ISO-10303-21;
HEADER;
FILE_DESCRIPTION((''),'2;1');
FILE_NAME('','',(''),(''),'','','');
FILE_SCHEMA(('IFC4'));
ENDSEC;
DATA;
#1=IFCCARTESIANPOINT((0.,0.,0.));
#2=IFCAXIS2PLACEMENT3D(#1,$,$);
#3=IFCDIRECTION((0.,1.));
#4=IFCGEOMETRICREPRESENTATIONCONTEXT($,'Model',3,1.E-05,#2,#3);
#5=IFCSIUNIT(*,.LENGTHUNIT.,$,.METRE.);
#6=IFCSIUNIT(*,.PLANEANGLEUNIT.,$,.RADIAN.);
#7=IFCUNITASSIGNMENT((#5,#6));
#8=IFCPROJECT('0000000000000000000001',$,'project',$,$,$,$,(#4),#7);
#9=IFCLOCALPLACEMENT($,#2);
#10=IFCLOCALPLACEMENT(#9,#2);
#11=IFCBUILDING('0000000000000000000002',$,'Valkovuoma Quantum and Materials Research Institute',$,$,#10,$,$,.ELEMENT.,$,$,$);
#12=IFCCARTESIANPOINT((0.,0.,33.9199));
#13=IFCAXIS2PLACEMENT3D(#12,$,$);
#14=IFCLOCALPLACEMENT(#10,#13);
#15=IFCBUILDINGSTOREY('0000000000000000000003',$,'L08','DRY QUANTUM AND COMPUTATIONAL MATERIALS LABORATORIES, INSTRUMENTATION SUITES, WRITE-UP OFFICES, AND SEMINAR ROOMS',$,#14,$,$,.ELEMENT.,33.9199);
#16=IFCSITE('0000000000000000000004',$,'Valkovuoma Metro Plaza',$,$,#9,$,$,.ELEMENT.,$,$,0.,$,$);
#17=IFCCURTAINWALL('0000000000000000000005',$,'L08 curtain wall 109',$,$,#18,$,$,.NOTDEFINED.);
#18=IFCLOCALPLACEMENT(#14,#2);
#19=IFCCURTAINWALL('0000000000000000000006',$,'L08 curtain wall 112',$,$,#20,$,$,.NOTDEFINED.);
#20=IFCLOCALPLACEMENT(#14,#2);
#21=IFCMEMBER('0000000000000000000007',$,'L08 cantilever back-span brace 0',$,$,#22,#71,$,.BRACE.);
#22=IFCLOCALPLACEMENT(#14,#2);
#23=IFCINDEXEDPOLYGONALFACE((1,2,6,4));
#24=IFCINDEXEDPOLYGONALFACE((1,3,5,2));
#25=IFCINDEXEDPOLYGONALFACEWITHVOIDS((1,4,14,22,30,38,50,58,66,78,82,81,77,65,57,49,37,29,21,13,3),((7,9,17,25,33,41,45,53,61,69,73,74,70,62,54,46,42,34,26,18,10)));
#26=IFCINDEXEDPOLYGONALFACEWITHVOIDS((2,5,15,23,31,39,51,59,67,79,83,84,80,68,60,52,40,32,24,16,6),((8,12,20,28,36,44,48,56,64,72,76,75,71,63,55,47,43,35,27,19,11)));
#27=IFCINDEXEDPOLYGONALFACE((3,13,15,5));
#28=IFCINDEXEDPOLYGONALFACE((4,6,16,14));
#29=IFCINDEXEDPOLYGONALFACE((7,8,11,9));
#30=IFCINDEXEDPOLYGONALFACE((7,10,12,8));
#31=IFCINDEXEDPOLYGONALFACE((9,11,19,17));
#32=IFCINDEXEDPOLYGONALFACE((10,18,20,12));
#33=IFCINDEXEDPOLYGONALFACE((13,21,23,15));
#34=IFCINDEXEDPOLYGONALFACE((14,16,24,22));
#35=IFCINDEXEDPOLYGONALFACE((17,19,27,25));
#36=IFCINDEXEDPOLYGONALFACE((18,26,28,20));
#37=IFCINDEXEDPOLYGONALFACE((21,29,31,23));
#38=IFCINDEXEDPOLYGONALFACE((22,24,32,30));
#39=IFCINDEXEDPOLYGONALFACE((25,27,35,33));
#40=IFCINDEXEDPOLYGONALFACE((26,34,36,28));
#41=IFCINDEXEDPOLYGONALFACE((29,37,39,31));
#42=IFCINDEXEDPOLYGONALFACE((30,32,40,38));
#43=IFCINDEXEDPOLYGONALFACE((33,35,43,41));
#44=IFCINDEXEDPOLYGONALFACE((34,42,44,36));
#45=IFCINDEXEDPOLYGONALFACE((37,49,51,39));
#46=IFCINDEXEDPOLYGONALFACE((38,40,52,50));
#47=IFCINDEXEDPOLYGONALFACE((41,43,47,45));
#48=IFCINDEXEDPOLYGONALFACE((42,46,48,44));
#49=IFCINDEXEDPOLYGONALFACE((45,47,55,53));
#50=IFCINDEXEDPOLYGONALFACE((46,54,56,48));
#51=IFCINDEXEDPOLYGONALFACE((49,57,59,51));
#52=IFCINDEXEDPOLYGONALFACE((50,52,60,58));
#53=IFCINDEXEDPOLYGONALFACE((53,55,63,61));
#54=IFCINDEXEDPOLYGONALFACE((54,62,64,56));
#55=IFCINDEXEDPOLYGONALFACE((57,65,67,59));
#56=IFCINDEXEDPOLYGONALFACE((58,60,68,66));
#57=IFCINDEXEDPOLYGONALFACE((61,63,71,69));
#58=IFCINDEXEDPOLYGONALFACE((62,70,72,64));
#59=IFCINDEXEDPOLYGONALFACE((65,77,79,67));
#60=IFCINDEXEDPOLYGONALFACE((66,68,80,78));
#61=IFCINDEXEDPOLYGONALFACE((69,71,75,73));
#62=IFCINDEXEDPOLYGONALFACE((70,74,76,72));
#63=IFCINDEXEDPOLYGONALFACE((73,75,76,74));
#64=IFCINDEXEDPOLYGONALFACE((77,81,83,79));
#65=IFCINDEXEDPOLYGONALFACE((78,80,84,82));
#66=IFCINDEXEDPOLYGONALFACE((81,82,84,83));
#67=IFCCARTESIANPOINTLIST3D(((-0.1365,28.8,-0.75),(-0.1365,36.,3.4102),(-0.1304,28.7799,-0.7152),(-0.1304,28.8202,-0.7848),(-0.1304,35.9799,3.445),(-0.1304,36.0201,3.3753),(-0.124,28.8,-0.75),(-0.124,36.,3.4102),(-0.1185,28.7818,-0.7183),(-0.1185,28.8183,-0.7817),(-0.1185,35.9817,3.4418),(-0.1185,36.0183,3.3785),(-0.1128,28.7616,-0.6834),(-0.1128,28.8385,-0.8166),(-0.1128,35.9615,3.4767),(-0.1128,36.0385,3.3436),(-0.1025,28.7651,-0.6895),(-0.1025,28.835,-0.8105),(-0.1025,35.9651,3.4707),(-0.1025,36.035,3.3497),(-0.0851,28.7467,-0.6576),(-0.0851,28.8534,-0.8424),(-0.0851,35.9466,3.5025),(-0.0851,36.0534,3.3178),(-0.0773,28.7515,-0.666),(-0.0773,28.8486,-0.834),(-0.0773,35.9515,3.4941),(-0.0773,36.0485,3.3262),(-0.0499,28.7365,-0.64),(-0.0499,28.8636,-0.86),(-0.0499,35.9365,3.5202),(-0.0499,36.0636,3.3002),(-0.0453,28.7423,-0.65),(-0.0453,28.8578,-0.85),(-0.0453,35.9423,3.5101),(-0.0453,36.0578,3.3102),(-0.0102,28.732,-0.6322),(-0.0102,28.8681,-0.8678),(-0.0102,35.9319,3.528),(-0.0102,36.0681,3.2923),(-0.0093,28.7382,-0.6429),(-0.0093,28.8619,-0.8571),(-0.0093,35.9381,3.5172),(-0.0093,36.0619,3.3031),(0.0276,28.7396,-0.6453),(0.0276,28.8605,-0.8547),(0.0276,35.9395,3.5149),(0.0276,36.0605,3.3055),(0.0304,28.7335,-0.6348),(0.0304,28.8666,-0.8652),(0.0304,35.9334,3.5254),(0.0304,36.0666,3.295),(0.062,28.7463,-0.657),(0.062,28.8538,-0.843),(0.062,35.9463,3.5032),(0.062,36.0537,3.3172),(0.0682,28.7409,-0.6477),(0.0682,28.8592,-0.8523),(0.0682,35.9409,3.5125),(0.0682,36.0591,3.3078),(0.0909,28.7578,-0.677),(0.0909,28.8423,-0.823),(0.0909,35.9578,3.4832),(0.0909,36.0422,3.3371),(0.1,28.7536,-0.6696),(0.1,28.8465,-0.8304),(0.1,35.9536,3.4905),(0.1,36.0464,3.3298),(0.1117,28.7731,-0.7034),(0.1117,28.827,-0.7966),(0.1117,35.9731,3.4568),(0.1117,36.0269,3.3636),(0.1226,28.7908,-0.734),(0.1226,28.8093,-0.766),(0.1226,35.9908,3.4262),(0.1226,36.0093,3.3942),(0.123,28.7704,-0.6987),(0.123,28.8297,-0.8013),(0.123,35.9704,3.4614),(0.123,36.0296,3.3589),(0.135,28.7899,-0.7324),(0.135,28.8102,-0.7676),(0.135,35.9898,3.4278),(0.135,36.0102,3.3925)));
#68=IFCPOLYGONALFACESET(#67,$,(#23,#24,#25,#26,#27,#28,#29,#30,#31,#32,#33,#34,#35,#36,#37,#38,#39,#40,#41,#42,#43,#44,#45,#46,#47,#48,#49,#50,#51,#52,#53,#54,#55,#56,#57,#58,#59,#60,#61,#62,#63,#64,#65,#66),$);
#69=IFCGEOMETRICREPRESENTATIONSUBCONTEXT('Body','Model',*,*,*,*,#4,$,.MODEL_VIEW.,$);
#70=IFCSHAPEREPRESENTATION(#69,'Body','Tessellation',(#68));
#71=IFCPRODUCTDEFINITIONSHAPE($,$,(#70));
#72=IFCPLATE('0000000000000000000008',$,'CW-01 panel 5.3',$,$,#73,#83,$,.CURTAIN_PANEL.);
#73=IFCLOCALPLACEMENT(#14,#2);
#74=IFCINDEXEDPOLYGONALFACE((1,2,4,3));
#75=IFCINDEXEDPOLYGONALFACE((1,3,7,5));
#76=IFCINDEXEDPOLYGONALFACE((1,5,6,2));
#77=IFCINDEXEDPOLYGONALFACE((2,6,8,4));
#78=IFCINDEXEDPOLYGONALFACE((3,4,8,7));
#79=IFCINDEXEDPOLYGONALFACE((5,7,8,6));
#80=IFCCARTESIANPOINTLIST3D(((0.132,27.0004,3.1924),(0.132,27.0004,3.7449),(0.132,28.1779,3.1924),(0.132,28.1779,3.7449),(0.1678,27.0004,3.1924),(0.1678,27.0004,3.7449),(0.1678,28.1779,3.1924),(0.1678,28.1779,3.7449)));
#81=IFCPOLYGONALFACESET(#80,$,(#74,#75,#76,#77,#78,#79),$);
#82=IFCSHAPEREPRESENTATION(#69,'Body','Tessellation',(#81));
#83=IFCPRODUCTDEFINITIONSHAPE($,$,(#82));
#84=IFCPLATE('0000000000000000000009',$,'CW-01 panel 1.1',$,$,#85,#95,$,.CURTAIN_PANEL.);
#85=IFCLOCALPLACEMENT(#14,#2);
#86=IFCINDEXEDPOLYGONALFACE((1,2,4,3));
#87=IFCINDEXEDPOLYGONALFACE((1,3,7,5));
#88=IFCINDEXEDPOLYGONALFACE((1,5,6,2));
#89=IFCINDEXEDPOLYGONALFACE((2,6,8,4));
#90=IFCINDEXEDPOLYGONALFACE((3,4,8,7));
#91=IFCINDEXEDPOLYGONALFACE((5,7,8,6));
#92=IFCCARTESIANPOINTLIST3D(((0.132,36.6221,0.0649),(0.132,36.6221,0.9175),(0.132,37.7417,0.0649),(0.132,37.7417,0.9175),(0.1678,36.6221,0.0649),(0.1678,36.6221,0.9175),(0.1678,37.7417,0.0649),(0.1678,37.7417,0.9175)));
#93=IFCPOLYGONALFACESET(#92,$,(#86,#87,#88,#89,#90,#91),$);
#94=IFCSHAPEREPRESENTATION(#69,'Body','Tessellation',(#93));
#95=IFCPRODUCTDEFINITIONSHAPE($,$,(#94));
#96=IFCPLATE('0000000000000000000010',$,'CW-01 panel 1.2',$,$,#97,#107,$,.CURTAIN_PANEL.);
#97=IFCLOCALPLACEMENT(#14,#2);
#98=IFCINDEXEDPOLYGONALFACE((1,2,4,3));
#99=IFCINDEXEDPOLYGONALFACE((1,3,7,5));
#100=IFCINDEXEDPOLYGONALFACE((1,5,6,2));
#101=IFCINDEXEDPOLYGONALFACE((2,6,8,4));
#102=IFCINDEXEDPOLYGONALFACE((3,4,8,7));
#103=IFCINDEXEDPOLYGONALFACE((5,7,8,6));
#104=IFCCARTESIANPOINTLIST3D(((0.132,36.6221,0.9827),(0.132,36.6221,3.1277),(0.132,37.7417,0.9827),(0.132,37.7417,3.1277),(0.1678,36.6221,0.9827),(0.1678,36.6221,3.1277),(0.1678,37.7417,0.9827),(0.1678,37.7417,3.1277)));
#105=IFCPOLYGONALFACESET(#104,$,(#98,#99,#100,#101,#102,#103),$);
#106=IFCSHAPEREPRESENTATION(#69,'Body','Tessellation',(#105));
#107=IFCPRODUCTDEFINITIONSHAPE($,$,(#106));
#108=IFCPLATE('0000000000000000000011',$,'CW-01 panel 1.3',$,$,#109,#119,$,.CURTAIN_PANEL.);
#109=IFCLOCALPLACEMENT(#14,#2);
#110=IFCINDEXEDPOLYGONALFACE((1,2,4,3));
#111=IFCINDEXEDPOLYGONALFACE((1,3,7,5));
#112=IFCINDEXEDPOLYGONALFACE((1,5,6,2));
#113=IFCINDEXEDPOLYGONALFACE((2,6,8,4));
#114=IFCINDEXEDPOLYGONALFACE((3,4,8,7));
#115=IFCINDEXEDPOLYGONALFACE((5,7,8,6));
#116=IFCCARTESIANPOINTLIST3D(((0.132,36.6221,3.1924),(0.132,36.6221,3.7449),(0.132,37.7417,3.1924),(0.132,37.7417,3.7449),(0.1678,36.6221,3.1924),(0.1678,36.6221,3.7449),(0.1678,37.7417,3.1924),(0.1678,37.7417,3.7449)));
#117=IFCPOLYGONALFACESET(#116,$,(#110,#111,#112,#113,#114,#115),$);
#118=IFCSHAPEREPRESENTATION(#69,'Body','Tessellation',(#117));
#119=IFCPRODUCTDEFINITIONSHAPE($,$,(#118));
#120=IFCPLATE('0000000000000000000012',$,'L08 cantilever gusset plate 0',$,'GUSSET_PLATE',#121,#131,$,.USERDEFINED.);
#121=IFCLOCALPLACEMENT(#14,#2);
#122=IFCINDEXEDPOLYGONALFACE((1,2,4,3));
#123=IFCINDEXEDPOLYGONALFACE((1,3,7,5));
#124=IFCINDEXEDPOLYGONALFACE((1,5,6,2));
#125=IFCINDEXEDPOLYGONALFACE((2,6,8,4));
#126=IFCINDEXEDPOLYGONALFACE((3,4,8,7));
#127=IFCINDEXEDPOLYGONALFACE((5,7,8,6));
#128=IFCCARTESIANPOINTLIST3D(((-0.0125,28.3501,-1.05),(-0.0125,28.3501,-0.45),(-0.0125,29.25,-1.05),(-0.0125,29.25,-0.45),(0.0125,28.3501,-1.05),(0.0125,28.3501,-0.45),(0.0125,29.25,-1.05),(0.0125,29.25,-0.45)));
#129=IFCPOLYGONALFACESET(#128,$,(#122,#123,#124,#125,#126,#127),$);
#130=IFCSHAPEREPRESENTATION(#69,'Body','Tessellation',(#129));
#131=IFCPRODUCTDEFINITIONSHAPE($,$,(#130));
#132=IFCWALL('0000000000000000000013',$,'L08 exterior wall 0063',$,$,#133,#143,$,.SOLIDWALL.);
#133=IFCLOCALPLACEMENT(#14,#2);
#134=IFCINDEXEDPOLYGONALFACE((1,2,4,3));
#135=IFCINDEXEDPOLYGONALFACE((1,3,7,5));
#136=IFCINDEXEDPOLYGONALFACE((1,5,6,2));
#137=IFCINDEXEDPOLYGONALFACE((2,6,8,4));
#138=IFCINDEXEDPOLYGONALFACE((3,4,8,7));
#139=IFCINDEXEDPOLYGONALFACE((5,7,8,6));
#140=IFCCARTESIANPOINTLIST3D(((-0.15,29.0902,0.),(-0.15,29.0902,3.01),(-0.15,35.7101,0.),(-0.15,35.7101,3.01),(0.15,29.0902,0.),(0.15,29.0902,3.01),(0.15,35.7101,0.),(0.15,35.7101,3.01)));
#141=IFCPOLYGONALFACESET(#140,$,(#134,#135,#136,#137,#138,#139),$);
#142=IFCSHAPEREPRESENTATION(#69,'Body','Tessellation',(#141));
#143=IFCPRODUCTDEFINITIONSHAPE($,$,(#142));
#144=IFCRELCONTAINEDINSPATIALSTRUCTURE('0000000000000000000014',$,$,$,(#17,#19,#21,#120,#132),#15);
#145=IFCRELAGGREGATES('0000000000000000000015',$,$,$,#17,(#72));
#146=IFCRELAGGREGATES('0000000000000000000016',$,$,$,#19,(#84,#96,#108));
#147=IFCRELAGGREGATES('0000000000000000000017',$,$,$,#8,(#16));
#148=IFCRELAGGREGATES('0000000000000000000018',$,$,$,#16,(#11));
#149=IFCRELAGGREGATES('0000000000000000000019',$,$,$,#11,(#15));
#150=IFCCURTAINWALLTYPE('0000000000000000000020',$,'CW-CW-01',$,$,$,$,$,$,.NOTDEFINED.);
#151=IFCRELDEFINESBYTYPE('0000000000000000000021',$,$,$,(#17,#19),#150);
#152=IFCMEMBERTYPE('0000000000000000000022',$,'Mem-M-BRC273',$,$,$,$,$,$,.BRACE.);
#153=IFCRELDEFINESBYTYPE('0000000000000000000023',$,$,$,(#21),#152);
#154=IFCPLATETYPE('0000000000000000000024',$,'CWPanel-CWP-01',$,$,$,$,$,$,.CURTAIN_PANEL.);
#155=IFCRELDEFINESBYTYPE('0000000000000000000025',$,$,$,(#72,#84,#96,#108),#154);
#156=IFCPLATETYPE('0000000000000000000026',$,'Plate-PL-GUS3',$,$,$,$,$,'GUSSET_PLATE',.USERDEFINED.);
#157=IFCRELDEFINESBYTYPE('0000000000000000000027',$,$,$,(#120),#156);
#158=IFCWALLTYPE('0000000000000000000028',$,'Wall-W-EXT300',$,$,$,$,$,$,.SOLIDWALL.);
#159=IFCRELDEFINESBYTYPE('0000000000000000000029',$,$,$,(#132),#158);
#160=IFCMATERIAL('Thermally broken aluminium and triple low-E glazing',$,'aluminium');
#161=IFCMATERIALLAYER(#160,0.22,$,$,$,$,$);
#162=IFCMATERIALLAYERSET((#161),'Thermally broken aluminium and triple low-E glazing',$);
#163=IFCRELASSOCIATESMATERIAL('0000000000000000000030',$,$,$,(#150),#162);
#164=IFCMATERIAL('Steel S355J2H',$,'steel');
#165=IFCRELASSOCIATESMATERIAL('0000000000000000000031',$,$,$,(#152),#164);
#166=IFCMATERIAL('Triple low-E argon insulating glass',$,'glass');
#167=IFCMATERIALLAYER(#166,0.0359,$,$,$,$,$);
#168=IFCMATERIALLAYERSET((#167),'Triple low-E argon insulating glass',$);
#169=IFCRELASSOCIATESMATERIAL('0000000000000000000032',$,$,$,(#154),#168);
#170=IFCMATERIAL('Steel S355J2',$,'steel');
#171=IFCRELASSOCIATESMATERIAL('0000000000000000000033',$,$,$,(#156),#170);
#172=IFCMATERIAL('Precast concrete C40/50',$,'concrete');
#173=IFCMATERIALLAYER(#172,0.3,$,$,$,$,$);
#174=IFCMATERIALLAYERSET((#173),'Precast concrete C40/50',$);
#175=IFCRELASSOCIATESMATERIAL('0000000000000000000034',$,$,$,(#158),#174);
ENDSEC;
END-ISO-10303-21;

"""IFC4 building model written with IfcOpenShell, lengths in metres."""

from ifc_helpers import new_model, si_unit, direction, frame, frame_2d, origin, origin_2d, place, context, subcontext, project, spatial, rectangle, hollow_circle, extrude, material, layer, layer_set, material_profile, profile_set, type_object, element, aggregate, save


model = new_model("IFC4")

# Units and contexts
model_context = context("Model", 3, precision=1e-05, world=origin(), true_north=direction((0.0, 1.0)))
body_context = subcontext(model_context, "Body", "Model", "MODEL_VIEW")
ifc_project = project(units=[si_unit("LENGTHUNIT", "METRE"), si_unit("PLANEANGLEUNIT", "RADIAN")], contexts=[model_context])

# Site, building, storey
site_placement = place(None, origin())
site = spatial("IfcSite", under=ifc_project, at=site_placement, Name="Valkovuoma Metro Plaza", CompositionType="ELEMENT", RefElevation=0.0)
building_placement = place(site_placement, origin())
building = spatial("IfcBuilding", under=site, at=building_placement, Name="Valkovuoma Quantum and Materials Research Institute", CompositionType="ELEMENT")
storey_placement = place(building_placement, frame((0.0, 0.0, 33.9199)))
storey = spatial("IfcBuildingStorey", under=building, at=storey_placement, Name="L08", Description="DRY QUANTUM AND COMPUTATIONAL MATERIALS LABORATORIES, INSTRUMENTATION SUITES, WRITE-UP OFFICES, AND SEMINAR ROOMS", CompositionType="ELEMENT", Elevation=33.9199)

# Curtain wall
ifc_material_1 = material(Name="Thermally broken aluminium and triple low-E glazing", Category="aluminium")
ifc_layer_1 = layer(ifc_material_1, 0.22)
ifc_layer_set_1 = layer_set([ifc_layer_1], Name="Thermally broken aluminium and triple low-E glazing")
curtain_wall_type = type_object("IfcCurtainWallType", Name="CW-CW-01", PredefinedType="NOTDEFINED", material=ifc_layer_set_1)
curtain_wall_1_placement = place(storey_placement, origin())
curtain_wall_1 = element("IfcCurtainWall", 1, at=curtain_wall_1_placement, inside=storey, type_object=curtain_wall_type, Name="L08 curtain wall 109", PredefinedType="NOTDEFINED")

# Curtain wall
curtain_wall_2_placement = place(storey_placement, origin())
curtain_wall_2 = element("IfcCurtainWall", 2, at=curtain_wall_2_placement, inside=storey, type_object=curtain_wall_type, Name="L08 curtain wall 112", PredefinedType="NOTDEFINED")

# Member
ifc_material_2 = material(Name="Steel S355J2H", Category="steel")
ifc_material_profile_1 = material_profile(ifc_material_2, hollow_circle(Radius=0.1365, WallThickness=0.0125, at=origin_2d()), Name="Steel S355J2H")
ifc_profile_set_1 = profile_set([ifc_material_profile_1], Name="Steel S355J2H")
member_type_1 = type_object("IfcMemberType", Name="Mem-M-BRC273", PredefinedType="BRACE", material=ifc_profile_set_1)
member_1_placement = place(storey_placement, frame((0.0, 28.8, -0.75), z_axis=(0.0, 0.865855, 0.500294), x_axis=(-1.0, 0.0, 0.0)))
element("IfcMember", 3, at=member_1_placement, inside=storey, type_object=member_type_1, Name="L08 cantilever back-span brace 0", PredefinedType="BRACE", context=body_context, shape_type="SweptSolid", body=[
    extrude(hollow_circle(Radius=0.1365, WallThickness=0.0125, at=origin_2d()), origin(), (0.0, 0.0, 1.0), 8.3154),
])

# Plates
ifc_material_3 = material(Name="Triple low-E argon insulating glass", Category="glass")
ifc_layer_2 = layer(ifc_material_3, 0.0359)
ifc_layer_set_2 = layer_set([ifc_layer_2], Name="Triple low-E argon insulating glass")
plate_type_1 = type_object("IfcPlateType", Name="CWPanel-CWP-01", PredefinedType="CURTAIN_PANEL", material=ifc_layer_set_2)
plate_1_placement = place(storey_placement, frame((0.1499, 27.5891, 3.1924), z_axis=(0.0, 0.0, 1.0), x_axis=(0.0, 1.0, 0.0)))
plate_1 = element("IfcPlate", 4, at=plate_1_placement, type_object=plate_type_1, Name="CW-01 panel 5.3", PredefinedType="CURTAIN_PANEL", context=body_context, shape_type="SweptSolid", body=[
    extrude(rectangle(XDim=1.1775, YDim=0.0359, at=origin_2d()), origin(), (0.0, 0.0, 1.0), 0.5525),
])
aggregate(curtain_wall_1, [plate_1])
plate_2_placement = place(storey_placement, frame((0.1499, 37.1819, 0.0649), z_axis=(0.0, 0.0, 1.0), x_axis=(0.0, 1.0, 0.0)))
plate_2 = element("IfcPlate", 5, at=plate_2_placement, type_object=plate_type_1, Name="CW-01 panel 1.1", PredefinedType="CURTAIN_PANEL", context=body_context, shape_type="SweptSolid", body=[
    extrude(rectangle(XDim=1.1196, YDim=0.0359, at=origin_2d()), origin(), (0.0, 0.0, 1.0), 0.8525),
])
plate_3_placement = place(storey_placement, frame((0.1499, 37.1819, 0.9827), z_axis=(0.0, 0.0, 1.0), x_axis=(0.0, 1.0, 0.0)))
plate_3 = element("IfcPlate", 6, at=plate_3_placement, type_object=plate_type_1, Name="CW-01 panel 1.2", PredefinedType="CURTAIN_PANEL", context=body_context, shape_type="SweptSolid", body=[
    extrude(rectangle(XDim=1.1196, YDim=0.0359, at=origin_2d()), origin(), (0.0, 0.0, 1.0), 2.145),
])
plate_4_placement = place(storey_placement, frame((0.1499, 37.1819, 3.1924), z_axis=(0.0, 0.0, 1.0), x_axis=(0.0, 1.0, 0.0)))
plate_4 = element("IfcPlate", 7, at=plate_4_placement, type_object=plate_type_1, Name="CW-01 panel 1.3", PredefinedType="CURTAIN_PANEL", context=body_context, shape_type="SweptSolid", body=[
    extrude(rectangle(XDim=1.1196, YDim=0.0359, at=origin_2d()), origin(), (0.0, 0.0, 1.0), 0.5525),
])
aggregate(curtain_wall_2, [plate_2, plate_3, plate_4])
ifc_material_4 = material(Name="Steel S355J2", Category="steel")
plate_type_2 = type_object("IfcPlateType", Name="Plate-PL-GUS3", ElementType="GUSSET_PLATE", PredefinedType="USERDEFINED", material=ifc_material_4)
plate_5_placement = place(storey_placement, frame((0.0, 28.8, -1.05), z_axis=(0.0, 0.0, 1.0), x_axis=(0.0, 1.0, 0.0)))
element("IfcPlate", 8, at=plate_5_placement, inside=storey, type_object=plate_type_2, Name="L08 cantilever gusset plate 0", ObjectType="GUSSET_PLATE", PredefinedType="USERDEFINED", context=body_context, shape_type="SweptSolid", body=[
    extrude(rectangle(XDim=0.8999, YDim=0.0249, at=origin_2d()), origin(), (0.0, 0.0, 1.0), 0.6001),
])

# Wall
ifc_material_5 = material(Name="Precast concrete C40/50", Category="concrete")
ifc_layer_3 = layer(ifc_material_5, 0.3)
ifc_layer_set_3 = layer_set([ifc_layer_3], Name="Precast concrete C40/50")
wall_type = type_object("IfcWallType", Name="Wall-W-EXT300", PredefinedType="SOLIDWALL", material=ifc_layer_set_3)
wall_placement = place(storey_placement, frame((0.0, 29.0901, 0.0), z_axis=(0.0, 0.0, 1.0), x_axis=(0.0, 1.0, 0.0)))
element("IfcWall", 9, at=wall_placement, inside=storey, type_object=wall_type, Name="L08 exterior wall 0063", PredefinedType="SOLIDWALL", context=body_context, shape_type="SweptSolid", body=[
    extrude(rectangle(XDim=6.6199, YDim=0.3, at=frame_2d((3.3101, 0.0))), origin(), (0.0, 0.0, 1.0), 3.01),
])

save(model, "model.ifc")
